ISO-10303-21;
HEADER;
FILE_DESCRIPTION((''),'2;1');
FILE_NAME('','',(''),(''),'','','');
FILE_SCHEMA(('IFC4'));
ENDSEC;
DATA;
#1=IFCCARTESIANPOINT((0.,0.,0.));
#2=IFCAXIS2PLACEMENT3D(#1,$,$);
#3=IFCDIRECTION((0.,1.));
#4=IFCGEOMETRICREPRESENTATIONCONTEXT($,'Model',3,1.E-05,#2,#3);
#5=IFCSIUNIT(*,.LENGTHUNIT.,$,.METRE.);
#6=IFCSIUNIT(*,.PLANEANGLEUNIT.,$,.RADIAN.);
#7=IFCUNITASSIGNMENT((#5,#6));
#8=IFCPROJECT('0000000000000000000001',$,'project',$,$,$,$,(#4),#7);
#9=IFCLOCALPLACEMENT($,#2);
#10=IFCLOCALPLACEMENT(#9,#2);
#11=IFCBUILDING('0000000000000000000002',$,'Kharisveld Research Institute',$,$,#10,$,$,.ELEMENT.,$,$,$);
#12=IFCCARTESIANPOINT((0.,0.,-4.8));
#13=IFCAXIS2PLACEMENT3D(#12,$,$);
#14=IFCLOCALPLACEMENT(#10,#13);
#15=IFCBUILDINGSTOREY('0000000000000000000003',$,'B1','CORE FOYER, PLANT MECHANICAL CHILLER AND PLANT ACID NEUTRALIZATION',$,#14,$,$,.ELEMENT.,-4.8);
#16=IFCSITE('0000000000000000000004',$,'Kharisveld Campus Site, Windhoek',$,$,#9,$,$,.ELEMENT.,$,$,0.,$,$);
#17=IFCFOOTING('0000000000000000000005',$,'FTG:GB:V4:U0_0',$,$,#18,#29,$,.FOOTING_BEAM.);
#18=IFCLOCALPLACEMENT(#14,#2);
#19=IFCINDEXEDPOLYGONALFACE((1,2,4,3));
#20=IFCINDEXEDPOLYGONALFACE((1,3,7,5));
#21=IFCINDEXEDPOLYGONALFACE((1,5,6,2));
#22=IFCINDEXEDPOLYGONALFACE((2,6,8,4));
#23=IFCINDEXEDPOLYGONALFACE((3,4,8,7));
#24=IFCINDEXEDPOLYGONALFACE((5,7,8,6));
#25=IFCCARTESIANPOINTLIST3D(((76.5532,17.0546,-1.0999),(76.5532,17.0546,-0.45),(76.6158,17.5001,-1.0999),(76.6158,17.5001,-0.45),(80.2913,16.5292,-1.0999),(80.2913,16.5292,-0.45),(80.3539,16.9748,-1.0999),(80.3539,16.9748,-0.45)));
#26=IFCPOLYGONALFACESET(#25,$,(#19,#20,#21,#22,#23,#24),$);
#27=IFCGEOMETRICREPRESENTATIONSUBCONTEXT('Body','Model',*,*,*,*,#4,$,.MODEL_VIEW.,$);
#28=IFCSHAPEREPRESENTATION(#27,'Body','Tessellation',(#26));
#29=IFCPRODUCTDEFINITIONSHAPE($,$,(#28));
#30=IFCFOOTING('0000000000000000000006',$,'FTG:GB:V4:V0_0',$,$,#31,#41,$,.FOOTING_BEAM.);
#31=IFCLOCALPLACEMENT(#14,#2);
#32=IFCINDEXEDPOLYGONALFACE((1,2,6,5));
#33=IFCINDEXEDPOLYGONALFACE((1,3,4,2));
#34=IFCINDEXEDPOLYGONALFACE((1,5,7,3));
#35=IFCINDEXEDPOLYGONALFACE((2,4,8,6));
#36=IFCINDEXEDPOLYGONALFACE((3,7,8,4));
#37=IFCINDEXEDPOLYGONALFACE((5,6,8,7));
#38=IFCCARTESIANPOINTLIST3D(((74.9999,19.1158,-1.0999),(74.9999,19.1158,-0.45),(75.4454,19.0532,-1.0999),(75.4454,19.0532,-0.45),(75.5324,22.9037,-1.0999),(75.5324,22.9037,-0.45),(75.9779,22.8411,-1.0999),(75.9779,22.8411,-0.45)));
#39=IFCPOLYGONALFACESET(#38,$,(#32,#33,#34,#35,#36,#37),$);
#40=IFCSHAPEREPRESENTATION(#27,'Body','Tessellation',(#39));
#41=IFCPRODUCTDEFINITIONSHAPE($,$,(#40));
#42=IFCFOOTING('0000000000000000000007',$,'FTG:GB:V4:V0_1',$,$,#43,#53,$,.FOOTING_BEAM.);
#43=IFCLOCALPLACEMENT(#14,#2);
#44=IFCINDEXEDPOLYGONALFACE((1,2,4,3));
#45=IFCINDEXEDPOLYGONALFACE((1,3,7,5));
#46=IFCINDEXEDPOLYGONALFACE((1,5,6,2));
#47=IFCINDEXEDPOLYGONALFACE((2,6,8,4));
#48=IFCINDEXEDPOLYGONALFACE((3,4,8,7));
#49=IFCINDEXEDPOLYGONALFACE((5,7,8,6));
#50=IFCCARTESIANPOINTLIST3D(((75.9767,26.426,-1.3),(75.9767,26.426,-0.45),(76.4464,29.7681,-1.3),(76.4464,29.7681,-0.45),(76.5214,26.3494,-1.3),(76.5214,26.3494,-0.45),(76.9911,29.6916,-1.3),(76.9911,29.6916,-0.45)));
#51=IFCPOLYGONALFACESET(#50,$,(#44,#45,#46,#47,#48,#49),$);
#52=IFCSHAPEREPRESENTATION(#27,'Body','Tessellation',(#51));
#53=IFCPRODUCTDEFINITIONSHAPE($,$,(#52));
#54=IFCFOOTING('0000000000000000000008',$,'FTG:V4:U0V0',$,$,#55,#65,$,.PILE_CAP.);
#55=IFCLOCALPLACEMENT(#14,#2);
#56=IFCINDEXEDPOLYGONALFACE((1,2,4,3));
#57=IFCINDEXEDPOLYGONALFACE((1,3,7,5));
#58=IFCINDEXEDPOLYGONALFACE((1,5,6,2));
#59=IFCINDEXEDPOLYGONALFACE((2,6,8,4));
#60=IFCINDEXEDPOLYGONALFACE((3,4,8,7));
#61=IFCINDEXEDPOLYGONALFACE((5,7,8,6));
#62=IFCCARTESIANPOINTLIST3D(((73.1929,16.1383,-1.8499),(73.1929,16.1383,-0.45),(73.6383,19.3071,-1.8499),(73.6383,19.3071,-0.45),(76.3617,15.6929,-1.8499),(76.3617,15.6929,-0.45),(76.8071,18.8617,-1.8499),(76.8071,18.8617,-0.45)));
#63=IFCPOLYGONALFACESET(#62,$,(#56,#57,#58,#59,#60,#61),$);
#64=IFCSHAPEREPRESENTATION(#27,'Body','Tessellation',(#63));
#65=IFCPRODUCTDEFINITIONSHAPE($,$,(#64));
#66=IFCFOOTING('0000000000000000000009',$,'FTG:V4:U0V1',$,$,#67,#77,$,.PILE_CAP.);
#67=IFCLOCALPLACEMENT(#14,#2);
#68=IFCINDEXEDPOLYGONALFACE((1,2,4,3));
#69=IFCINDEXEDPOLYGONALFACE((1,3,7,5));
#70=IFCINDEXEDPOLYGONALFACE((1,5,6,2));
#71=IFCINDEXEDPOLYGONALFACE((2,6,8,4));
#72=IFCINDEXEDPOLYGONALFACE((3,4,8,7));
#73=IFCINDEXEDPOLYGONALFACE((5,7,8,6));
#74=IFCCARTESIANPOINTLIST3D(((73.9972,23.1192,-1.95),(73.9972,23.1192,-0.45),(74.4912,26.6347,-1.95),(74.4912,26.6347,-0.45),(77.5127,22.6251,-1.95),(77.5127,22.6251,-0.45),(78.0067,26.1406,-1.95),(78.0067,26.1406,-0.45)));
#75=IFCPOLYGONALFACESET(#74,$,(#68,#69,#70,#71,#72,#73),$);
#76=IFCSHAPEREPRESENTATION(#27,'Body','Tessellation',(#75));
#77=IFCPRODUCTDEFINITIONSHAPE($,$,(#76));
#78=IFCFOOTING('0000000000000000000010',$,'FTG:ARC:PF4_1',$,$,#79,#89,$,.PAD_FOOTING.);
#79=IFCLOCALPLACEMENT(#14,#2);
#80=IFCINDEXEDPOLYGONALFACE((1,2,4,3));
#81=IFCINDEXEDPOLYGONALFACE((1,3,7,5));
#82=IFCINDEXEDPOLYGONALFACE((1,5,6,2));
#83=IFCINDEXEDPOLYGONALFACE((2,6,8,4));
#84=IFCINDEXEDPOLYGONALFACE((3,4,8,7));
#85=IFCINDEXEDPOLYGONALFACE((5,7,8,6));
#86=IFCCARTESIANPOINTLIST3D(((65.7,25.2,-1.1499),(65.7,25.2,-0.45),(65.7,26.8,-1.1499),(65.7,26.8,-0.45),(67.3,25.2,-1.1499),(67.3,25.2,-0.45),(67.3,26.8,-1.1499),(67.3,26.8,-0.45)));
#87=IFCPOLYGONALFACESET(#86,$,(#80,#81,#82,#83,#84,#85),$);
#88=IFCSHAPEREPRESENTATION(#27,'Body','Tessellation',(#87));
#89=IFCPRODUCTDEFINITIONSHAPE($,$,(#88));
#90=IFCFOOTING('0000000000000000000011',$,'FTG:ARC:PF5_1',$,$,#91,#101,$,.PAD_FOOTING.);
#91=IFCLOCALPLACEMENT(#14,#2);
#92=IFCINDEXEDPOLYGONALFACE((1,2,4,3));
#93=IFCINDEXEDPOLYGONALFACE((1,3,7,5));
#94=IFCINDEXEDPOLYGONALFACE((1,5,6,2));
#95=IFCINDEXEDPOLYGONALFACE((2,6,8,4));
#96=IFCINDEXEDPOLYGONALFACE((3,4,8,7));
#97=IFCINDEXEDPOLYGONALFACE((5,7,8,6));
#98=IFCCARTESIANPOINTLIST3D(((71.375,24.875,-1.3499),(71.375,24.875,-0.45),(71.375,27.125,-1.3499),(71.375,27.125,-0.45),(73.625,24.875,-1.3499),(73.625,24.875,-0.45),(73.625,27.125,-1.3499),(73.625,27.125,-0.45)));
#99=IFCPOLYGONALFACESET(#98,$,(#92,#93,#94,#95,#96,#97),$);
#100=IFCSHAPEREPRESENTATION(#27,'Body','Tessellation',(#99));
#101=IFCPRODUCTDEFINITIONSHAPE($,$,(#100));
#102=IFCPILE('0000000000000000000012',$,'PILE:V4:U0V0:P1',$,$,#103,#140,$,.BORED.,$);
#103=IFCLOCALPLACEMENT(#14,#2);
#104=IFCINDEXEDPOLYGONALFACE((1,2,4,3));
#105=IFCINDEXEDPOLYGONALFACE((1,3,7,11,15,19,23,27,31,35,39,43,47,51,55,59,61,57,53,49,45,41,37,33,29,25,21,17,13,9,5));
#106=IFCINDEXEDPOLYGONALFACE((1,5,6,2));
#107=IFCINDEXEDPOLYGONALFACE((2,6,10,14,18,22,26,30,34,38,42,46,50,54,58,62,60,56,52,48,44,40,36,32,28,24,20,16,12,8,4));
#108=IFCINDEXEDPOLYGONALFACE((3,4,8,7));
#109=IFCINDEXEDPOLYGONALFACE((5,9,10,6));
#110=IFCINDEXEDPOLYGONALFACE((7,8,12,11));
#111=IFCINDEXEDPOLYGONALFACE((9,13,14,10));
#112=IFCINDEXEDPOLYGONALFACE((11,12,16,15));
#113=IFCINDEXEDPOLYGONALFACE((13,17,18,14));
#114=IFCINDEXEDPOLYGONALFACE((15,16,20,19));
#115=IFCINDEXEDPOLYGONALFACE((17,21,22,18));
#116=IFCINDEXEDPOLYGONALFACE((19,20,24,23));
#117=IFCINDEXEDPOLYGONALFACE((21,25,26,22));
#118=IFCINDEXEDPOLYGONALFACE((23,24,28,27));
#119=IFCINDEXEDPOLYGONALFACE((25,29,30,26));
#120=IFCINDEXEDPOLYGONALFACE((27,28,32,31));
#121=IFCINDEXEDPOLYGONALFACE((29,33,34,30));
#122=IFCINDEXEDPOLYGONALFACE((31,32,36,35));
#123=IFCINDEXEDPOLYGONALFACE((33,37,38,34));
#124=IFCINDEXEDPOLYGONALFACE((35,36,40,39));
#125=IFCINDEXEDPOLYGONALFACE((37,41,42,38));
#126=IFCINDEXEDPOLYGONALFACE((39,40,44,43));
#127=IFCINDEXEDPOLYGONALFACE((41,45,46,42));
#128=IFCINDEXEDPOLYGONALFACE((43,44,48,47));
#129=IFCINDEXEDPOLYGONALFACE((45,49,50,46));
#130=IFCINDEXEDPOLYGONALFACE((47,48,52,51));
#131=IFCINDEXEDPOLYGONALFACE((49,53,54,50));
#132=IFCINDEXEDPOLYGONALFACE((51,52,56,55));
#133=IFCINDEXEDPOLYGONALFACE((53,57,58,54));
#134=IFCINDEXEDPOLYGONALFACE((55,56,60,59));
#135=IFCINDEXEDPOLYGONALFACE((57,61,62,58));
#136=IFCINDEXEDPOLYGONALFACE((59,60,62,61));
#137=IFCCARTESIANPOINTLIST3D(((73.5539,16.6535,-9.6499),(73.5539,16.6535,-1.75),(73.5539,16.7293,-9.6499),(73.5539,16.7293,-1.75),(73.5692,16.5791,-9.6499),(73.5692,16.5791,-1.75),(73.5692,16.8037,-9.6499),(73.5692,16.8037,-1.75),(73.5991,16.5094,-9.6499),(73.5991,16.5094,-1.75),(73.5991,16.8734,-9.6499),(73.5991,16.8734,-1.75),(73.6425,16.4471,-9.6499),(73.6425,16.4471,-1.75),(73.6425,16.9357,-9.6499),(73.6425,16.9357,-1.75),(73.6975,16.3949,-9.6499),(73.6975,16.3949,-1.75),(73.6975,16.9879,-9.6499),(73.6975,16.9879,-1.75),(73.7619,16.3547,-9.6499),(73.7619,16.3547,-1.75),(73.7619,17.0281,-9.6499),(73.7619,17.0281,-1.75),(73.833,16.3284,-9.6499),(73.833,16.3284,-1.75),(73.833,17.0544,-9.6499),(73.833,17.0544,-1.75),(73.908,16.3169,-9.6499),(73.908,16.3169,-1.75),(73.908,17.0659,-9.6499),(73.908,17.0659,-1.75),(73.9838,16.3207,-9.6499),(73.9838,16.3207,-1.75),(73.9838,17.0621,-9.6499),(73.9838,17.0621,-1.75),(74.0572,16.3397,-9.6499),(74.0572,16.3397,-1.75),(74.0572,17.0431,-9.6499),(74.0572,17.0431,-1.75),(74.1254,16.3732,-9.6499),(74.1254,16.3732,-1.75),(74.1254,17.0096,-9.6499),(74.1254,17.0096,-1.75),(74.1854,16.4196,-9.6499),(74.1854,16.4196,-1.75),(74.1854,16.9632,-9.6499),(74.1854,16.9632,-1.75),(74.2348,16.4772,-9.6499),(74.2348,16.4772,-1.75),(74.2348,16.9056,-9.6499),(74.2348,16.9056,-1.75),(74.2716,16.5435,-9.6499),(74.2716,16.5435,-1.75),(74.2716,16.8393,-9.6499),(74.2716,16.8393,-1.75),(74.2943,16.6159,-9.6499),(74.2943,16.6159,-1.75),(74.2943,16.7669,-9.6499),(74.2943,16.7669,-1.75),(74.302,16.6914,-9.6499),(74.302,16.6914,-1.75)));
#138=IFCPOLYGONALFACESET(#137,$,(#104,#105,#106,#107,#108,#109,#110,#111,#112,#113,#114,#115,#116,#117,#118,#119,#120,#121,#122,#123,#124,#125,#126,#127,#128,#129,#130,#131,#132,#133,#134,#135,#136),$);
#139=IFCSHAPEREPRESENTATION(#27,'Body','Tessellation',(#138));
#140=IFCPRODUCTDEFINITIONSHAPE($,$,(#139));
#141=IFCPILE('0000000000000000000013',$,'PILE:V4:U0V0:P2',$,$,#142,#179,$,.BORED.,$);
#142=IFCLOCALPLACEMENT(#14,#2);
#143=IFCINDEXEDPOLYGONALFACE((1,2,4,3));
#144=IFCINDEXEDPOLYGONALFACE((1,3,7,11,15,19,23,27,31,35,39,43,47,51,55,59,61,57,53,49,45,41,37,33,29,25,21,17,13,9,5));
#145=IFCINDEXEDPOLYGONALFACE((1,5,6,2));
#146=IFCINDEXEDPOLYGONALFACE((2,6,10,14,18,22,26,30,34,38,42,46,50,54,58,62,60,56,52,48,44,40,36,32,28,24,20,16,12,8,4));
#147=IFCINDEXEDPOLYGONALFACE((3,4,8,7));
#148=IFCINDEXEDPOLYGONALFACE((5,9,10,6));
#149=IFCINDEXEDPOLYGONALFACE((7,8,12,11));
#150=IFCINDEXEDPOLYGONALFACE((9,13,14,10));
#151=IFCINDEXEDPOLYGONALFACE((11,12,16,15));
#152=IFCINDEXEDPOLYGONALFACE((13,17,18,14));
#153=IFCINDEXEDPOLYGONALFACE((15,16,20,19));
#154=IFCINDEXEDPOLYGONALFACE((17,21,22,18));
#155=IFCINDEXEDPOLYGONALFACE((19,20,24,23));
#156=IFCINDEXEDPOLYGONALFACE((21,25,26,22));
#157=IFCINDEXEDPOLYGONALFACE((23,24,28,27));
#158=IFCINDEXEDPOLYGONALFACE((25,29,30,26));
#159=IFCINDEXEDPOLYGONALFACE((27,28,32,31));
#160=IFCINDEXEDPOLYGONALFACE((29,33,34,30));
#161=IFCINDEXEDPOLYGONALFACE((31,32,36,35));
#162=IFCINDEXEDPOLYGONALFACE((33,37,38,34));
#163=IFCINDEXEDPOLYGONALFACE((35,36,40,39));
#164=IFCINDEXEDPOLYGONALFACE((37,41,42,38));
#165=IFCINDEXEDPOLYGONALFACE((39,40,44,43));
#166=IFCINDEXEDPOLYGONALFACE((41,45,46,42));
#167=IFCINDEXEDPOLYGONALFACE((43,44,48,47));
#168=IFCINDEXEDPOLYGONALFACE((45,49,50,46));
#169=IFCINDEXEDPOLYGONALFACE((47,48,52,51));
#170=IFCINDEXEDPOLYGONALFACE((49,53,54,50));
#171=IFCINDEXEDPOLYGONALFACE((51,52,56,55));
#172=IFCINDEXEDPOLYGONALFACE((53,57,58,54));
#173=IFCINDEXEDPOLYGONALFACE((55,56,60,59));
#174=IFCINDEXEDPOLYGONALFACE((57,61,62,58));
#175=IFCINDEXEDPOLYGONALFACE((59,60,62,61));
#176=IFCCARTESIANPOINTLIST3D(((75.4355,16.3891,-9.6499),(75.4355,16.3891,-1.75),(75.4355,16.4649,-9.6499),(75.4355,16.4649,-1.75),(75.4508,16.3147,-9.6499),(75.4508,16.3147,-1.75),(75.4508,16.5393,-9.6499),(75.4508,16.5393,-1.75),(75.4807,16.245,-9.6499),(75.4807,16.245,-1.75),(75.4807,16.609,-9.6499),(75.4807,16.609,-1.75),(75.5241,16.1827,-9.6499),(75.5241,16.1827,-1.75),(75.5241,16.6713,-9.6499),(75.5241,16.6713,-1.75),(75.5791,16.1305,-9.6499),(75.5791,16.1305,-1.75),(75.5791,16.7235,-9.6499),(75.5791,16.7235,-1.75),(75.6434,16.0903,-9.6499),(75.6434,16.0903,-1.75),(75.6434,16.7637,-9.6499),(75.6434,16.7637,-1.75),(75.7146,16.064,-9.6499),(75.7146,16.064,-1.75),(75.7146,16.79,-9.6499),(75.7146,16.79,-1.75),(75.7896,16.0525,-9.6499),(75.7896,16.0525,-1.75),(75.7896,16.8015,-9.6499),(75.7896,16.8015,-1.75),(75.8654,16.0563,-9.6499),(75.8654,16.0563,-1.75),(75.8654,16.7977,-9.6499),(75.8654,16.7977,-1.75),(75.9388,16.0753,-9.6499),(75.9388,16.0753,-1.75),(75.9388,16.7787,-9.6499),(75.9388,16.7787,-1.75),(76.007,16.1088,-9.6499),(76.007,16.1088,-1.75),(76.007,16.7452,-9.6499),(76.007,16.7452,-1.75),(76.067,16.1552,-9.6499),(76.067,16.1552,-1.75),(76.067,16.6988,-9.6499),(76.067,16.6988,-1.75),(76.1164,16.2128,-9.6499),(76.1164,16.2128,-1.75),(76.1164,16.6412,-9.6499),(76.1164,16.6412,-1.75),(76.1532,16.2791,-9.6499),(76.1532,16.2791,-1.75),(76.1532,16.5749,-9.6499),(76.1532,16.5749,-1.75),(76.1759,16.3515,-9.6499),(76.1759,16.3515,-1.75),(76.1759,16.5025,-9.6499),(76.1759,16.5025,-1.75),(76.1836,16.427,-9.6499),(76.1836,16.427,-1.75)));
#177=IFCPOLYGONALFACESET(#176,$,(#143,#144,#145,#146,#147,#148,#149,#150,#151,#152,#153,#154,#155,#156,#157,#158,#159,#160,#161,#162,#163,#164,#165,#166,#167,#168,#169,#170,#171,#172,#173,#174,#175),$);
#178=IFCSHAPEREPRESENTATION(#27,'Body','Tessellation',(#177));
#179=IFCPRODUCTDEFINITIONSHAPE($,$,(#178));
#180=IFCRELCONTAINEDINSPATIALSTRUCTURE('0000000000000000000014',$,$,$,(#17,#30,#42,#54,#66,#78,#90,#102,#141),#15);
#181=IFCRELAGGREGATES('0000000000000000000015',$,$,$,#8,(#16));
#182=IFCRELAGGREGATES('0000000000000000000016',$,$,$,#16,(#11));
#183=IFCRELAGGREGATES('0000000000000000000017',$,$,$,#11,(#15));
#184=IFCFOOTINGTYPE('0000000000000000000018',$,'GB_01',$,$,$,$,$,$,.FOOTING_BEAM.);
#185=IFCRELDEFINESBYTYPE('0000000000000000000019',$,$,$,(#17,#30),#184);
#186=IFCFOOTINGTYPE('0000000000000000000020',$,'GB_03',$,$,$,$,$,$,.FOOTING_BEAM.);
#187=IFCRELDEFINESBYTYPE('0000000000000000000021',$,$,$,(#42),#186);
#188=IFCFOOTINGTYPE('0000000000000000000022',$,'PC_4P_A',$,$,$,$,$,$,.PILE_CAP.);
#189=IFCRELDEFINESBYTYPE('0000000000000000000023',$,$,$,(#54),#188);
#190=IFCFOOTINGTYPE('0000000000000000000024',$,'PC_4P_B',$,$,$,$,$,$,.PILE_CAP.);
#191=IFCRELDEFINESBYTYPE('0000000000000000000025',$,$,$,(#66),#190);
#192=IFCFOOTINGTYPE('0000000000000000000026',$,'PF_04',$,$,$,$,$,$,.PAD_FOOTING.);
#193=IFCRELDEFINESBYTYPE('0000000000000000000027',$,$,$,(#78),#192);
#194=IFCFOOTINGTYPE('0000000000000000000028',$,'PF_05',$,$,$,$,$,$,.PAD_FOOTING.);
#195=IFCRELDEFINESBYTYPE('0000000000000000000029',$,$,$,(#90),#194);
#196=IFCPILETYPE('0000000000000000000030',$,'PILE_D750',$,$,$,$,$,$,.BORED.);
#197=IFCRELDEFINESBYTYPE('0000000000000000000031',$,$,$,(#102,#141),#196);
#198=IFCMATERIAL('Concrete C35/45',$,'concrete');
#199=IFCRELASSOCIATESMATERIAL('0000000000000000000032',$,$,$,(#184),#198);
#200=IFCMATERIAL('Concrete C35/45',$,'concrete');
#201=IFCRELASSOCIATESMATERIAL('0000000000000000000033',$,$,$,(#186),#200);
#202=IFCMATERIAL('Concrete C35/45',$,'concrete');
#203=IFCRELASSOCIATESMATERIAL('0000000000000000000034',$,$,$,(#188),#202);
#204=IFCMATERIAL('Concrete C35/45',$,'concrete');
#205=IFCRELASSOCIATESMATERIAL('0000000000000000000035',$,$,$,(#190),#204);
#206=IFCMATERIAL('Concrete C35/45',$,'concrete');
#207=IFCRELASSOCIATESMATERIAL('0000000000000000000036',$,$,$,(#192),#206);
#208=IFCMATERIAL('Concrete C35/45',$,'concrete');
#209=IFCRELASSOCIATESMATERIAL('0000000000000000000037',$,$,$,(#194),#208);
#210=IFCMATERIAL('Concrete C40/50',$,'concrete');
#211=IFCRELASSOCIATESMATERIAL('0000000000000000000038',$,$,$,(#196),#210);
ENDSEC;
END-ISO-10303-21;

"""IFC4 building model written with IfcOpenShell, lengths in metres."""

from ifc_helpers import new_model, si_unit, direction, frame, origin, origin_2d, place, context, subcontext, project, spatial, rectangle, circle, extrude, material, material_profile, profile_set, type_object, element, save


model = new_model("IFC4")

# Units and contexts
model_context = context("Model", 3, precision=1e-05, world=origin(), true_north=direction((0.0, 1.0)))
body_context = subcontext(model_context, "Body", "Model", "MODEL_VIEW")
ifc_project = project(units=[si_unit("LENGTHUNIT", "METRE"), si_unit("PLANEANGLEUNIT", "RADIAN")], contexts=[model_context])

# Site, building, storey
site_placement = place(None, origin())
site = spatial("IfcSite", under=ifc_project, at=site_placement, Name="Kharisveld Campus Site, Windhoek", CompositionType="ELEMENT", RefElevation=0.0)
building_placement = place(site_placement, origin())
building = spatial("IfcBuilding", under=site, at=building_placement, Name="Kharisveld Research Institute", CompositionType="ELEMENT")
storey_placement = place(building_placement, frame((0.0, 0.0, -4.8)))
storey = spatial("IfcBuildingStorey", under=building, at=storey_placement, Name="B1", Description="CORE FOYER, PLANT MECHANICAL CHILLER AND PLANT ACID NEUTRALIZATION", CompositionType="ELEMENT", Elevation=-4.8)

# Footings
ifc_material_1 = material(Name="Concrete C35/45", Category="concrete")
ifc_material_profile_1 = material_profile(ifc_material_1, rectangle(XDim=0.45, YDim=0.6499, at=origin_2d()))
ifc_profile_set_1 = profile_set([ifc_material_profile_1], Name="Concrete C35/45")
footing_type_1 = type_object("IfcFootingType", Name="GB_01", PredefinedType="FOOTING_BEAM", material=ifc_profile_set_1)
footing_1_placement = place(storey_placement, frame((76.5845, 17.2773, -0.7749), z_axis=(0.990268, -0.139176, 0.0), x_axis=(0.139176, 0.990268, 0.0)))
element("IfcFooting", 1, at=footing_1_placement, inside=storey, type_object=footing_type_1, Name="FTG:GB:V4:U0_0", PredefinedType="FOOTING_BEAM", context=body_context, shape_type="SweptSolid", body=[
    extrude(rectangle(XDim=0.45, YDim=0.6499, at=origin_2d()), origin(), (0.0, 0.0, 1.0), 3.7749),
])
footing_2_placement = place(storey_placement, frame((75.2227, 19.0845, -0.7749), z_axis=(0.139205, 0.990264, 0.0), x_axis=(-0.990264, 0.139205, 0.0)))
element("IfcFooting", 2, at=footing_2_placement, inside=storey, type_object=footing_type_1, Name="FTG:GB:V4:V0_0", PredefinedType="FOOTING_BEAM", context=body_context, shape_type="SweptSolid", body=[
    extrude(rectangle(XDim=0.45, YDim=0.6499, at=origin_2d()), origin(), (0.0, 0.0, 1.0), 3.8252),
])
ifc_material_2 = material(Name="Concrete C35/45", Category="concrete")
ifc_material_profile_2 = material_profile(ifc_material_2, rectangle(XDim=0.55, YDim=0.8501, at=origin_2d()))
ifc_profile_set_2 = profile_set([ifc_material_profile_2], Name="Concrete C35/45")
footing_type_2 = type_object("IfcFootingType", Name="GB_03", PredefinedType="FOOTING_BEAM", material=ifc_profile_set_2)
footing_3_placement = place(storey_placement, frame((76.249, 26.3877, -0.875), z_axis=(0.139183, 0.990267, 0.0), x_axis=(-0.990267, 0.139183, 0.0)))
element("IfcFooting", 3, at=footing_3_placement, inside=storey, type_object=footing_type_2, Name="FTG:GB:V4:V0_1", PredefinedType="FOOTING_BEAM", context=body_context, shape_type="SweptSolid", body=[
    extrude(rectangle(XDim=0.55, YDim=0.8501, at=origin_2d()), origin(), (0.0, 0.0, 1.0), 3.375),
])
ifc_material_3 = material(Name="Concrete C35/45", Category="concrete")
footing_type_3 = type_object("IfcFootingType", Name="PC_4P_A", PredefinedType="PILE_CAP", material=ifc_material_3)
footing_4_placement = place(storey_placement, frame((75.0, 17.5, -1.8499), z_axis=(0.0, 0.0, 1.0), x_axis=(0.990268, -0.139173, 0.0)))
element("IfcFooting", 4, at=footing_4_placement, inside=storey, type_object=footing_type_3, Name="FTG:V4:U0V0", PredefinedType="PILE_CAP", context=body_context, shape_type="SweptSolid", body=[
    extrude(rectangle(XDim=3.2, YDim=3.2, at=origin_2d()), origin(), (0.0, 0.0, 1.0), 1.3999),
])
ifc_material_4 = material(Name="Concrete C35/45", Category="concrete")
footing_type_4 = type_object("IfcFootingType", Name="PC_4P_B", PredefinedType="PILE_CAP", material=ifc_material_4)
footing_5_placement = place(storey_placement, frame((76.002, 24.6299, -1.95), z_axis=(0.0, 0.0, 1.0), x_axis=(0.990268, -0.139173, 0.0)))
element("IfcFooting", 5, at=footing_5_placement, inside=storey, type_object=footing_type_4, Name="FTG:V4:U0V1", PredefinedType="PILE_CAP", context=body_context, shape_type="SweptSolid", body=[
    extrude(rectangle(XDim=3.55, YDim=3.55, at=origin_2d()), origin(), (0.0, 0.0, 1.0), 1.5),
])
ifc_material_5 = material(Name="Concrete C35/45", Category="concrete")
footing_type_5 = type_object("IfcFootingType", Name="PF_04", PredefinedType="PAD_FOOTING", material=ifc_material_5)
footing_6_placement = place(storey_placement, frame((66.5, 26.0, -1.1499), z_axis=(0.0, 0.0, 1.0), x_axis=(1.0, 0.0, 0.0)))
element("IfcFooting", 6, at=footing_6_placement, inside=storey, type_object=footing_type_5, Name="FTG:ARC:PF4_1", PredefinedType="PAD_FOOTING", context=body_context, shape_type="SweptSolid", body=[
    extrude(rectangle(XDim=1.6001, YDim=1.6001, at=origin_2d()), origin(), (0.0, 0.0, 1.0), 0.7),
])
ifc_material_6 = material(Name="Concrete C35/45", Category="concrete")
footing_type_6 = type_object("IfcFootingType", Name="PF_05", PredefinedType="PAD_FOOTING", material=ifc_material_6)
footing_7_placement = place(storey_placement, frame((72.5, 26.0, -1.3499), z_axis=(0.0, 0.0, 1.0), x_axis=(1.0, 0.0, 0.0)))
element("IfcFooting", 7, at=footing_7_placement, inside=storey, type_object=footing_type_6, Name="FTG:ARC:PF5_1", PredefinedType="PAD_FOOTING", context=body_context, shape_type="SweptSolid", body=[
    extrude(rectangle(XDim=2.25, YDim=2.25, at=origin_2d()), origin(), (0.0, 0.0, 1.0), 0.8999),
])

# Piles
ifc_material_7 = material(Name="Concrete C40/50", Category="concrete")
ifc_material_profile_3 = material_profile(ifc_material_7, circle(Radius=0.375, at=origin_2d()))
ifc_profile_set_3 = profile_set([ifc_material_profile_3], Name="Concrete C40/50")
pile_type_1 = type_object("IfcPileType", Name="PILE_D750", PredefinedType="BORED", material=ifc_profile_set_3)
for number, where, z_axis, x_axis, name in (
    (8, (73.927, 16.6914, -1.75), (0.0, 0.0, -1.0), (1.0, 0.0, 0.0), "PILE:V4:U0V0:P1"),
    (9, (75.8086, 16.427, -1.75), (0.0, 0.0, -1.0), (1.0, 0.0, 0.0), "PILE:V4:U0V0:P2"),
):
    element("IfcPile", number, at=place(storey_placement, frame(where, z_axis=z_axis, x_axis=x_axis)), inside=storey, type_object=pile_type_1, Name=name, PredefinedType="BORED", context=body_context, shape_type="SweptSolid", body=[
        extrude(circle(Radius=0.375, at=origin_2d()), origin(), (0.0, 0.0, 1.0), 7.8999),
    ])

save(model, "model.ifc")
